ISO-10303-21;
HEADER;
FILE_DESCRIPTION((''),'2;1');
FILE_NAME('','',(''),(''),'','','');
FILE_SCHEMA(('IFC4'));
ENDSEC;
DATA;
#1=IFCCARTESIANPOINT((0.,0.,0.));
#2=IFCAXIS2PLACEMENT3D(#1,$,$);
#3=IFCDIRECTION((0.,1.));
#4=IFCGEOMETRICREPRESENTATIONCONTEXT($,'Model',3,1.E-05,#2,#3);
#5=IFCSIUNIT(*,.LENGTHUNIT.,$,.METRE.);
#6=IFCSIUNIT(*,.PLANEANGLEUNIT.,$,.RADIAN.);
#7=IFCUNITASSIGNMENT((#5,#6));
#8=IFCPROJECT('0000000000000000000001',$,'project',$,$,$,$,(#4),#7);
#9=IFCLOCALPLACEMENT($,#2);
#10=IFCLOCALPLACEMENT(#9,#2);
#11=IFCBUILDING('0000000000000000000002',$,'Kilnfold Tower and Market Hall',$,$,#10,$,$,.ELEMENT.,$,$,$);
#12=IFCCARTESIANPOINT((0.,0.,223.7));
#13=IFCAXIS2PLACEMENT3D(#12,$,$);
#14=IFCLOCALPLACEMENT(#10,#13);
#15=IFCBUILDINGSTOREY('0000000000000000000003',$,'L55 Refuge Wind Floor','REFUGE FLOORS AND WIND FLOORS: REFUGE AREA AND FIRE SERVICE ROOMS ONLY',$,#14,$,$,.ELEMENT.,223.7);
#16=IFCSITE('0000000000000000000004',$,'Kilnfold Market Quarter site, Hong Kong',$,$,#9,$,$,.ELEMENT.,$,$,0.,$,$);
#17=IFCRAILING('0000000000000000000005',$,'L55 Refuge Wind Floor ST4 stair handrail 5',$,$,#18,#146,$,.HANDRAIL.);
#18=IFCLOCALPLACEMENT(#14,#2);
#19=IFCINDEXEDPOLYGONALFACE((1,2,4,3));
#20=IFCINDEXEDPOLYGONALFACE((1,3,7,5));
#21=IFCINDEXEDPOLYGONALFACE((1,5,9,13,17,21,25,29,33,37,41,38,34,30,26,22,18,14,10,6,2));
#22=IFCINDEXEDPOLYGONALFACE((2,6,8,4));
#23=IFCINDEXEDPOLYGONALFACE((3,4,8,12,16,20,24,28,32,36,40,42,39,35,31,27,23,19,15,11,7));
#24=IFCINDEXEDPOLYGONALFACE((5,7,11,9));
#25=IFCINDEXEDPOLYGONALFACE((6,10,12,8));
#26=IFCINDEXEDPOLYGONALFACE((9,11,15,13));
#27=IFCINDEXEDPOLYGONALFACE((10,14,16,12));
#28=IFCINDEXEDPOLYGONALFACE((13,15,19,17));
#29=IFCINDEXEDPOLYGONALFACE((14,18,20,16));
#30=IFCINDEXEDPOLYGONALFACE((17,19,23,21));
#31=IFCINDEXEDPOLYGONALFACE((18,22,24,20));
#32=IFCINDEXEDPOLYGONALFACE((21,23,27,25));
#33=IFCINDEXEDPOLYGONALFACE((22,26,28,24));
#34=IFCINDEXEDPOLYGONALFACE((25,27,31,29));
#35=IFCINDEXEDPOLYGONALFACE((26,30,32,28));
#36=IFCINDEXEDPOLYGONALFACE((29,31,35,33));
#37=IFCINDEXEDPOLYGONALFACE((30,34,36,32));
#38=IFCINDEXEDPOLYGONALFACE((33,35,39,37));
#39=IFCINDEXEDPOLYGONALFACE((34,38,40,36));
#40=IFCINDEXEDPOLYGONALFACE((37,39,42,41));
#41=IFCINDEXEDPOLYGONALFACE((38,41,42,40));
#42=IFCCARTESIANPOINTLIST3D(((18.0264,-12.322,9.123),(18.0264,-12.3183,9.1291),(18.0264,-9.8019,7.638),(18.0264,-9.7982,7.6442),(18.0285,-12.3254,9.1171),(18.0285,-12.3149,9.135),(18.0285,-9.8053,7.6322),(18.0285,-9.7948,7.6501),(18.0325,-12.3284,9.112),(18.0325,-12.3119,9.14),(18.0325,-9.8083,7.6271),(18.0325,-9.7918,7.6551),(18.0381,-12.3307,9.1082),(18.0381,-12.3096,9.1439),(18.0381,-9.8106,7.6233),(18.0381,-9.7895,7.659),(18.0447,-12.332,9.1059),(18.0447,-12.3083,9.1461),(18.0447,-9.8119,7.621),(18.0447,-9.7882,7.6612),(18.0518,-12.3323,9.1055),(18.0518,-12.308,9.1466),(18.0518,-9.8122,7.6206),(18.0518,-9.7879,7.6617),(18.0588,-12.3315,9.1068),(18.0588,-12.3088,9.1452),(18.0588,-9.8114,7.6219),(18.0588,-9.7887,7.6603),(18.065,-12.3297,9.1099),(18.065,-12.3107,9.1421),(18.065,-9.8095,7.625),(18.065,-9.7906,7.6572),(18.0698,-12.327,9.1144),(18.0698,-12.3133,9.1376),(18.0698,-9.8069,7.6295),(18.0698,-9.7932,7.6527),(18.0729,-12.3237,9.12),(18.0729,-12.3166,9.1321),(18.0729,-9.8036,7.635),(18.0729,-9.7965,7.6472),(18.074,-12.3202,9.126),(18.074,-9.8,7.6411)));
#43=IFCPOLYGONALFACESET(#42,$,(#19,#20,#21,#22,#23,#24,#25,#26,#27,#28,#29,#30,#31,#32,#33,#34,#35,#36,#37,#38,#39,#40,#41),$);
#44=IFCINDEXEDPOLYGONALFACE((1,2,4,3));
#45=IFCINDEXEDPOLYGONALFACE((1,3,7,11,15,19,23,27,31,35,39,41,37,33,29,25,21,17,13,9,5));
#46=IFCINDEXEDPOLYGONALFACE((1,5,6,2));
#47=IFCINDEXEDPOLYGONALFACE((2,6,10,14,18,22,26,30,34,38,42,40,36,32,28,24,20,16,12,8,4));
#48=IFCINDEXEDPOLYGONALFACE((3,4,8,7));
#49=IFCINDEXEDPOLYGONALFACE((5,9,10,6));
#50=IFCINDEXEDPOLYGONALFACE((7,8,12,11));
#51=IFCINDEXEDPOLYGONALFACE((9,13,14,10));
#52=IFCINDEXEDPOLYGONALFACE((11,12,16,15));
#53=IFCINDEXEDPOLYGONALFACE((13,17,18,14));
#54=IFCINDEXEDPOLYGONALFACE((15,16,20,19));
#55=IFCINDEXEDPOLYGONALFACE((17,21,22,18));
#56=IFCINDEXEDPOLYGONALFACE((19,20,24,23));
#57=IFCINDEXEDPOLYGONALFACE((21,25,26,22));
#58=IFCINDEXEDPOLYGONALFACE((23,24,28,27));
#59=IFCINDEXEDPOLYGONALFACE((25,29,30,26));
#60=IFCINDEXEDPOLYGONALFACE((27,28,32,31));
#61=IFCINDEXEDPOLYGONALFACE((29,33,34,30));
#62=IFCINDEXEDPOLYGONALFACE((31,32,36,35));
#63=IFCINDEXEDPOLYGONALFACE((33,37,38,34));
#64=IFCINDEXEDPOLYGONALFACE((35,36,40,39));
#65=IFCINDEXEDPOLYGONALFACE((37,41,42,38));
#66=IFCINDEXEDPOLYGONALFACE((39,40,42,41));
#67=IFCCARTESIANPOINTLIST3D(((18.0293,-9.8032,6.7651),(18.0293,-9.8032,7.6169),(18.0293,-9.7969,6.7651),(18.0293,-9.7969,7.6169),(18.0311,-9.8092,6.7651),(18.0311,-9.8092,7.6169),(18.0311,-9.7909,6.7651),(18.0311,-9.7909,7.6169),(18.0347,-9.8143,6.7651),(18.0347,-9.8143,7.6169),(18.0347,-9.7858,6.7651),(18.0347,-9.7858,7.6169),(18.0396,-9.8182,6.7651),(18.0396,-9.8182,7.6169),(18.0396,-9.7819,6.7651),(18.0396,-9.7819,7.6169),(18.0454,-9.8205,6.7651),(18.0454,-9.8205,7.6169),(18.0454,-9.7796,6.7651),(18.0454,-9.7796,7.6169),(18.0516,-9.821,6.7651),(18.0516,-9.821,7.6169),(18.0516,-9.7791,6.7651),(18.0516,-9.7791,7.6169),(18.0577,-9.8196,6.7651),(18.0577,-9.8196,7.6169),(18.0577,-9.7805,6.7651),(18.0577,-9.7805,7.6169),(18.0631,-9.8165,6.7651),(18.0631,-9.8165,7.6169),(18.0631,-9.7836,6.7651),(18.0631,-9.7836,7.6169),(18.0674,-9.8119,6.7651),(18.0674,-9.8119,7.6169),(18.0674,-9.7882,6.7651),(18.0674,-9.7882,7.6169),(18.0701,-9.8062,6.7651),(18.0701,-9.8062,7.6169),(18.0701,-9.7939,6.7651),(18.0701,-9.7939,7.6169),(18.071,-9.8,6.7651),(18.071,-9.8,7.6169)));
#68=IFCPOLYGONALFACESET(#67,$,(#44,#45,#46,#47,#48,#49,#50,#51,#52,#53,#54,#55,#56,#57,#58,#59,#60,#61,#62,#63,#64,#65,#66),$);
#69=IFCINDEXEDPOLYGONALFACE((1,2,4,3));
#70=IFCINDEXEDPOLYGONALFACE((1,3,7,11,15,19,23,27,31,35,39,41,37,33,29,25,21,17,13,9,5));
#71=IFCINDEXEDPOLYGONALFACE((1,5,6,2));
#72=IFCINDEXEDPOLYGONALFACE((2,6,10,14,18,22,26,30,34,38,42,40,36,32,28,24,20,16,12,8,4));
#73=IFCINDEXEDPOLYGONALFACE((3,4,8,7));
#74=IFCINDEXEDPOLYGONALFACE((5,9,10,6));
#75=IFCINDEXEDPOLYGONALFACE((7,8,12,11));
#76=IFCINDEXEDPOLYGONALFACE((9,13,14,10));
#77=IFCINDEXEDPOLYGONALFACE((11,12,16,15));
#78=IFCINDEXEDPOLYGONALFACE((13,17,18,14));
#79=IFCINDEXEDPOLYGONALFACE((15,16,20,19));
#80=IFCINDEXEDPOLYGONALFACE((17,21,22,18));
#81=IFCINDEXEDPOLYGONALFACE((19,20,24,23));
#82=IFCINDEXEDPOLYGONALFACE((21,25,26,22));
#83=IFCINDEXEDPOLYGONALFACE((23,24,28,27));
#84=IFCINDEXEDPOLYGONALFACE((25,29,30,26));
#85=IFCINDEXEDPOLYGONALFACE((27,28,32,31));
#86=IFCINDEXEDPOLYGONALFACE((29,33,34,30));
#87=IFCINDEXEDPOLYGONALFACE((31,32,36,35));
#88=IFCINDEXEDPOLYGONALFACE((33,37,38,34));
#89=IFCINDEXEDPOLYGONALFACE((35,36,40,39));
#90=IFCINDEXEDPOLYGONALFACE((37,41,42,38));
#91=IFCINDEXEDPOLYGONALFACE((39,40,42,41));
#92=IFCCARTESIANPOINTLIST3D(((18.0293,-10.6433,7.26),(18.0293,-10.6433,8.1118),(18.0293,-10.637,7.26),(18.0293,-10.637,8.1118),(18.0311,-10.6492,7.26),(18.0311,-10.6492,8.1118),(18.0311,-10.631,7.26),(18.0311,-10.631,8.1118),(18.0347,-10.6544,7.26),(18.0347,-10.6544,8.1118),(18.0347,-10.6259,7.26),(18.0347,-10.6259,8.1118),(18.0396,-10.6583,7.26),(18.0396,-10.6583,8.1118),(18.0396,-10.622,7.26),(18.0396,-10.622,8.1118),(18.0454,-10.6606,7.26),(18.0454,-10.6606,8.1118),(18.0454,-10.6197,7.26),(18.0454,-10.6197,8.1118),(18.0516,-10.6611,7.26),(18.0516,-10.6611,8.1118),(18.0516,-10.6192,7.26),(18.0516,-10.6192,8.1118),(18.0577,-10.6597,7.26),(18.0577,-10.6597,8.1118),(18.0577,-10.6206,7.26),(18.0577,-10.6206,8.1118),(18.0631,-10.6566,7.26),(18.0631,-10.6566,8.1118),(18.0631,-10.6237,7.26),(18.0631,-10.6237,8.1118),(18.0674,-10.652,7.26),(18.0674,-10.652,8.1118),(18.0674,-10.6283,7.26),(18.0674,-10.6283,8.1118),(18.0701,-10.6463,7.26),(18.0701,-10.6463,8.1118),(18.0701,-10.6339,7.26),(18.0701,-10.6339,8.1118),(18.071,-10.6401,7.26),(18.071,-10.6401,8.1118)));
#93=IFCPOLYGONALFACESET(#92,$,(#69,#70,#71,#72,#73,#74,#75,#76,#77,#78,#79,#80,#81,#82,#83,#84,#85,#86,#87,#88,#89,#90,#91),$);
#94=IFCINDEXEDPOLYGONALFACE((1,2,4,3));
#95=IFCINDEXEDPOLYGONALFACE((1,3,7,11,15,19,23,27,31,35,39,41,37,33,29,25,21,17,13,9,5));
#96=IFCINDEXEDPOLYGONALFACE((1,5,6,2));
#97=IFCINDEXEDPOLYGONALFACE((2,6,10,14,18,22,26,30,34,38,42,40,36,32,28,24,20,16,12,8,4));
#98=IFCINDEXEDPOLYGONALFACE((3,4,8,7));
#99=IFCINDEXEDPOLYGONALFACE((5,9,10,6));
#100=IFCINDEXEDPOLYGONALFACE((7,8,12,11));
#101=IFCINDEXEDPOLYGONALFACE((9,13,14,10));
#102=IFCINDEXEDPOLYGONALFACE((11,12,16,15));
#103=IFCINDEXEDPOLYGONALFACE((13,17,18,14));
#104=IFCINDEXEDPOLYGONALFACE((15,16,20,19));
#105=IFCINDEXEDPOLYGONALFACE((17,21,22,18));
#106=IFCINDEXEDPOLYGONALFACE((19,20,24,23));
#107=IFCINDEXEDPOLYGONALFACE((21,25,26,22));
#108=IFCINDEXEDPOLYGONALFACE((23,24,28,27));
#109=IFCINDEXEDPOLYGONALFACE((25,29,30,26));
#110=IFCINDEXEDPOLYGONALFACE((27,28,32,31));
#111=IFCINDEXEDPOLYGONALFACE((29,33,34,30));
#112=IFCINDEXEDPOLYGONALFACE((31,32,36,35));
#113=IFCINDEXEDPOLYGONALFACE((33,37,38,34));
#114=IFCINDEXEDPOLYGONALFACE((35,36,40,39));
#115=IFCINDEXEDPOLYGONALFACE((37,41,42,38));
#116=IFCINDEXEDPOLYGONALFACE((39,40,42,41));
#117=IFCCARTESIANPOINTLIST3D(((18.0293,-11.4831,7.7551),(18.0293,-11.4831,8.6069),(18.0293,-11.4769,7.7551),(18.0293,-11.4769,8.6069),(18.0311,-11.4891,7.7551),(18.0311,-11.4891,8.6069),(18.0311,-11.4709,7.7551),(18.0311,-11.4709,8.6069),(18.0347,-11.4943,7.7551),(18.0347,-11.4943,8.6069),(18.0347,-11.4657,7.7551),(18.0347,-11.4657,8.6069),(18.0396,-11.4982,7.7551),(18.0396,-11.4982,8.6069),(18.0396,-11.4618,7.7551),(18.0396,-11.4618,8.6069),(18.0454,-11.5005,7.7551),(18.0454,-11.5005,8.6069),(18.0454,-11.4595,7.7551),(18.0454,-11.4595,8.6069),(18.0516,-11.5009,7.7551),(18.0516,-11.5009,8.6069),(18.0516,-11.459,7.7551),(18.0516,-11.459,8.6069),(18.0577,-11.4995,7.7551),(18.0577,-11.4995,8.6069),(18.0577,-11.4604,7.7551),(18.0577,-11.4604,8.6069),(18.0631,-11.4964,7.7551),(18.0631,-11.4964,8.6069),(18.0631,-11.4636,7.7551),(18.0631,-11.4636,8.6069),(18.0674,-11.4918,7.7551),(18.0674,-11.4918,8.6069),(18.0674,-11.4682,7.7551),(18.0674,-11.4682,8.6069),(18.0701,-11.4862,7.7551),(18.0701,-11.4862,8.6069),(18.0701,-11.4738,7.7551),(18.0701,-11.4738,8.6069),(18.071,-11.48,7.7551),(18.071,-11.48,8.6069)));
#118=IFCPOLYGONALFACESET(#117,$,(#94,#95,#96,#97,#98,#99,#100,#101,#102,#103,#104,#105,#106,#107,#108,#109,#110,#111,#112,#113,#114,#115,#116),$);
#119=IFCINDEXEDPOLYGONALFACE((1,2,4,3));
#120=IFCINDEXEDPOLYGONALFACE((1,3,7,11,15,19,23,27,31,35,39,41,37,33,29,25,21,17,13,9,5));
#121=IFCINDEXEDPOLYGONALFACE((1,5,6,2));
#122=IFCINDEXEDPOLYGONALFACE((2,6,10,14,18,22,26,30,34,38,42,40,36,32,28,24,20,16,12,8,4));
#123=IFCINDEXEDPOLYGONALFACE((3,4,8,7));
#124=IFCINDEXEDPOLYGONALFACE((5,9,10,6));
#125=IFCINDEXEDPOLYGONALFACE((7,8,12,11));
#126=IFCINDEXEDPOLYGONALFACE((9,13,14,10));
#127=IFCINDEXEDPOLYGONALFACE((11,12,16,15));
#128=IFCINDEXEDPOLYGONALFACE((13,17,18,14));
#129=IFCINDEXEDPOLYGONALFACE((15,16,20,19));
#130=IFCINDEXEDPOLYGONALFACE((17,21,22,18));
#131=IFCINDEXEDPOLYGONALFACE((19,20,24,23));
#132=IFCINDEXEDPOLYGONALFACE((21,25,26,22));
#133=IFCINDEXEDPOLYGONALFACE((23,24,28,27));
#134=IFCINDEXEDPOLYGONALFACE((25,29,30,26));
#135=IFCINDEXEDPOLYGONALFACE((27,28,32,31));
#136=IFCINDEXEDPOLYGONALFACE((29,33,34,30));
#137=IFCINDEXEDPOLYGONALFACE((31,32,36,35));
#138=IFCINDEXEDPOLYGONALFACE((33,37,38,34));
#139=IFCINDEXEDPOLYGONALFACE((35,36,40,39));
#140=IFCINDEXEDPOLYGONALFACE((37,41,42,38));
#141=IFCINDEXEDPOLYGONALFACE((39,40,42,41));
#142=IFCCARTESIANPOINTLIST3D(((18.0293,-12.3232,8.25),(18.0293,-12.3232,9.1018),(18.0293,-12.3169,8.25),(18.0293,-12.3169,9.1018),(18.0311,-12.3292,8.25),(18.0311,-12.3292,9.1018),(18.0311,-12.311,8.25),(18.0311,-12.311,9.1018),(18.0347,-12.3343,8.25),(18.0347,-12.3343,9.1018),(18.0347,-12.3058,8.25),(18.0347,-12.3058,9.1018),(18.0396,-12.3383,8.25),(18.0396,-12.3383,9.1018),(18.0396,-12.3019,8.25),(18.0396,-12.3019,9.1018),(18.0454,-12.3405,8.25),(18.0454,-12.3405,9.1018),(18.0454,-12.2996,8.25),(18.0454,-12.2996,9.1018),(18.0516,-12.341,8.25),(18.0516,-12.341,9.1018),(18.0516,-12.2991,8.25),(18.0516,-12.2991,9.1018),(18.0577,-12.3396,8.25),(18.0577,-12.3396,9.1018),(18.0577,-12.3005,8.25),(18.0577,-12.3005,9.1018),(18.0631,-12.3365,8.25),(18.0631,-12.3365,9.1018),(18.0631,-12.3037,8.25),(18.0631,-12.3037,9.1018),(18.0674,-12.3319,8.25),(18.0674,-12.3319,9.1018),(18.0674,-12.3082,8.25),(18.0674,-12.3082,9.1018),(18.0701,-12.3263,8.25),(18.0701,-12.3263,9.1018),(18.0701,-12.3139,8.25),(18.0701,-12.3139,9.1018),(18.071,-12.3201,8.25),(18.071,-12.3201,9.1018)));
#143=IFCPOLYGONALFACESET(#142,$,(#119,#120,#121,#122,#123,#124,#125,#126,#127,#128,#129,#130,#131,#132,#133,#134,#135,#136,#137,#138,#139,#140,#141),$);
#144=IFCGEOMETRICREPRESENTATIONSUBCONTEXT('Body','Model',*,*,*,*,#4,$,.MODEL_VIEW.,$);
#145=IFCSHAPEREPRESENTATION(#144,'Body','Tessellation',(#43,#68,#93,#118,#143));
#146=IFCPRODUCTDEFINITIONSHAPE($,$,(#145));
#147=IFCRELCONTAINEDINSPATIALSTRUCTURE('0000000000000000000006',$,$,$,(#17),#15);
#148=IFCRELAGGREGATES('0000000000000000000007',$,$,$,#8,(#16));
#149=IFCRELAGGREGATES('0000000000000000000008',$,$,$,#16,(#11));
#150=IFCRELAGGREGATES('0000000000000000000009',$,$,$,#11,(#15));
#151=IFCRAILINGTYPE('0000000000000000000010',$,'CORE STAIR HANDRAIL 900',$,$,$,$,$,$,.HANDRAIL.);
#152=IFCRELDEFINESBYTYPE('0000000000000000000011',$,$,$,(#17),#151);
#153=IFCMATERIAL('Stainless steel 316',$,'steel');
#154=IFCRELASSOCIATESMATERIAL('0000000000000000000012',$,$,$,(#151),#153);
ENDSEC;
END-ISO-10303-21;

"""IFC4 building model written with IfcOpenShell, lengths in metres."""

from ifc_helpers import new_model, si_unit, direction, frame, origin, origin_2d, place, context, subcontext, project, spatial, circle, extrude, material, type_object, element, save


model = new_model("IFC4")

# Units and contexts
model_context = context("Model", 3, precision=1e-05, world=origin(), true_north=direction((0.0, 1.0)))
body_context = subcontext(model_context, "Body", "Model", "MODEL_VIEW")
ifc_project = project(units=[si_unit("LENGTHUNIT", "METRE"), si_unit("PLANEANGLEUNIT", "RADIAN")], contexts=[model_context])

# Site, building, storey
site_placement = place(None, origin())
site = spatial("IfcSite", under=ifc_project, at=site_placement, Name="Kilnfold Market Quarter site, Hong Kong", CompositionType="ELEMENT", RefElevation=0.0)
building_placement = place(site_placement, origin())
building = spatial("IfcBuilding", under=site, at=building_placement, Name="Kilnfold Tower and Market Hall", CompositionType="ELEMENT")
storey_placement = place(building_placement, frame((0.0, 0.0, 223.7)))
storey = spatial("IfcBuildingStorey", under=building, at=storey_placement, Name="L55 Refuge Wind Floor", Description="REFUGE FLOORS AND WIND FLOORS: REFUGE AREA AND FIRE SERVICE ROOMS ONLY", CompositionType="ELEMENT", Elevation=223.7)

# Railing
ifc_material_1 = material(Name="Stainless steel 316", Category="steel")
railing_type_1 = type_object("IfcRailingType", Name="CORE STAIR HANDRAIL 900", PredefinedType="HANDRAIL", material=ifc_material_1)
for number, where, name in (
    (1, (18.05, -9.8, 6.7651), "L55 Refuge Wind Floor ST4 stair handrail 5"),
):
    element("IfcRailing", number, at=place(storey_placement, frame(where)), inside=storey, type_object=railing_type_1, Name=name, PredefinedType="HANDRAIL", context=body_context, shape_type="SweptSolid", body=[
        extrude(circle(Radius=0.0239, at=origin_2d()), frame((0.0, 0.0, 0.876), z_axis=(0.0, -0.861561, 0.507655), x_axis=(1.0, 0.0, 0.0)), (0.0, 0.0, 1.0), 2.925),
        extrude(circle(Radius=0.021, at=origin_2d()), origin(), (0.0, 0.0, 1.0), 0.8518),
        extrude(circle(Radius=0.021, at=origin_2d()), frame((0.0, -0.8401, 0.4949)), (0.0, 0.0, 1.0), 0.8518),
        extrude(circle(Radius=0.021, at=origin_2d()), frame((0.0, -1.6799, 0.99)), (0.0, 0.0, 1.0), 0.8518),
        extrude(circle(Radius=0.021, at=origin_2d()), frame((0.0, -2.52, 1.4849)), (0.0, 0.0, 1.0), 0.8518),
    ])

save(model, "model.ifc")
